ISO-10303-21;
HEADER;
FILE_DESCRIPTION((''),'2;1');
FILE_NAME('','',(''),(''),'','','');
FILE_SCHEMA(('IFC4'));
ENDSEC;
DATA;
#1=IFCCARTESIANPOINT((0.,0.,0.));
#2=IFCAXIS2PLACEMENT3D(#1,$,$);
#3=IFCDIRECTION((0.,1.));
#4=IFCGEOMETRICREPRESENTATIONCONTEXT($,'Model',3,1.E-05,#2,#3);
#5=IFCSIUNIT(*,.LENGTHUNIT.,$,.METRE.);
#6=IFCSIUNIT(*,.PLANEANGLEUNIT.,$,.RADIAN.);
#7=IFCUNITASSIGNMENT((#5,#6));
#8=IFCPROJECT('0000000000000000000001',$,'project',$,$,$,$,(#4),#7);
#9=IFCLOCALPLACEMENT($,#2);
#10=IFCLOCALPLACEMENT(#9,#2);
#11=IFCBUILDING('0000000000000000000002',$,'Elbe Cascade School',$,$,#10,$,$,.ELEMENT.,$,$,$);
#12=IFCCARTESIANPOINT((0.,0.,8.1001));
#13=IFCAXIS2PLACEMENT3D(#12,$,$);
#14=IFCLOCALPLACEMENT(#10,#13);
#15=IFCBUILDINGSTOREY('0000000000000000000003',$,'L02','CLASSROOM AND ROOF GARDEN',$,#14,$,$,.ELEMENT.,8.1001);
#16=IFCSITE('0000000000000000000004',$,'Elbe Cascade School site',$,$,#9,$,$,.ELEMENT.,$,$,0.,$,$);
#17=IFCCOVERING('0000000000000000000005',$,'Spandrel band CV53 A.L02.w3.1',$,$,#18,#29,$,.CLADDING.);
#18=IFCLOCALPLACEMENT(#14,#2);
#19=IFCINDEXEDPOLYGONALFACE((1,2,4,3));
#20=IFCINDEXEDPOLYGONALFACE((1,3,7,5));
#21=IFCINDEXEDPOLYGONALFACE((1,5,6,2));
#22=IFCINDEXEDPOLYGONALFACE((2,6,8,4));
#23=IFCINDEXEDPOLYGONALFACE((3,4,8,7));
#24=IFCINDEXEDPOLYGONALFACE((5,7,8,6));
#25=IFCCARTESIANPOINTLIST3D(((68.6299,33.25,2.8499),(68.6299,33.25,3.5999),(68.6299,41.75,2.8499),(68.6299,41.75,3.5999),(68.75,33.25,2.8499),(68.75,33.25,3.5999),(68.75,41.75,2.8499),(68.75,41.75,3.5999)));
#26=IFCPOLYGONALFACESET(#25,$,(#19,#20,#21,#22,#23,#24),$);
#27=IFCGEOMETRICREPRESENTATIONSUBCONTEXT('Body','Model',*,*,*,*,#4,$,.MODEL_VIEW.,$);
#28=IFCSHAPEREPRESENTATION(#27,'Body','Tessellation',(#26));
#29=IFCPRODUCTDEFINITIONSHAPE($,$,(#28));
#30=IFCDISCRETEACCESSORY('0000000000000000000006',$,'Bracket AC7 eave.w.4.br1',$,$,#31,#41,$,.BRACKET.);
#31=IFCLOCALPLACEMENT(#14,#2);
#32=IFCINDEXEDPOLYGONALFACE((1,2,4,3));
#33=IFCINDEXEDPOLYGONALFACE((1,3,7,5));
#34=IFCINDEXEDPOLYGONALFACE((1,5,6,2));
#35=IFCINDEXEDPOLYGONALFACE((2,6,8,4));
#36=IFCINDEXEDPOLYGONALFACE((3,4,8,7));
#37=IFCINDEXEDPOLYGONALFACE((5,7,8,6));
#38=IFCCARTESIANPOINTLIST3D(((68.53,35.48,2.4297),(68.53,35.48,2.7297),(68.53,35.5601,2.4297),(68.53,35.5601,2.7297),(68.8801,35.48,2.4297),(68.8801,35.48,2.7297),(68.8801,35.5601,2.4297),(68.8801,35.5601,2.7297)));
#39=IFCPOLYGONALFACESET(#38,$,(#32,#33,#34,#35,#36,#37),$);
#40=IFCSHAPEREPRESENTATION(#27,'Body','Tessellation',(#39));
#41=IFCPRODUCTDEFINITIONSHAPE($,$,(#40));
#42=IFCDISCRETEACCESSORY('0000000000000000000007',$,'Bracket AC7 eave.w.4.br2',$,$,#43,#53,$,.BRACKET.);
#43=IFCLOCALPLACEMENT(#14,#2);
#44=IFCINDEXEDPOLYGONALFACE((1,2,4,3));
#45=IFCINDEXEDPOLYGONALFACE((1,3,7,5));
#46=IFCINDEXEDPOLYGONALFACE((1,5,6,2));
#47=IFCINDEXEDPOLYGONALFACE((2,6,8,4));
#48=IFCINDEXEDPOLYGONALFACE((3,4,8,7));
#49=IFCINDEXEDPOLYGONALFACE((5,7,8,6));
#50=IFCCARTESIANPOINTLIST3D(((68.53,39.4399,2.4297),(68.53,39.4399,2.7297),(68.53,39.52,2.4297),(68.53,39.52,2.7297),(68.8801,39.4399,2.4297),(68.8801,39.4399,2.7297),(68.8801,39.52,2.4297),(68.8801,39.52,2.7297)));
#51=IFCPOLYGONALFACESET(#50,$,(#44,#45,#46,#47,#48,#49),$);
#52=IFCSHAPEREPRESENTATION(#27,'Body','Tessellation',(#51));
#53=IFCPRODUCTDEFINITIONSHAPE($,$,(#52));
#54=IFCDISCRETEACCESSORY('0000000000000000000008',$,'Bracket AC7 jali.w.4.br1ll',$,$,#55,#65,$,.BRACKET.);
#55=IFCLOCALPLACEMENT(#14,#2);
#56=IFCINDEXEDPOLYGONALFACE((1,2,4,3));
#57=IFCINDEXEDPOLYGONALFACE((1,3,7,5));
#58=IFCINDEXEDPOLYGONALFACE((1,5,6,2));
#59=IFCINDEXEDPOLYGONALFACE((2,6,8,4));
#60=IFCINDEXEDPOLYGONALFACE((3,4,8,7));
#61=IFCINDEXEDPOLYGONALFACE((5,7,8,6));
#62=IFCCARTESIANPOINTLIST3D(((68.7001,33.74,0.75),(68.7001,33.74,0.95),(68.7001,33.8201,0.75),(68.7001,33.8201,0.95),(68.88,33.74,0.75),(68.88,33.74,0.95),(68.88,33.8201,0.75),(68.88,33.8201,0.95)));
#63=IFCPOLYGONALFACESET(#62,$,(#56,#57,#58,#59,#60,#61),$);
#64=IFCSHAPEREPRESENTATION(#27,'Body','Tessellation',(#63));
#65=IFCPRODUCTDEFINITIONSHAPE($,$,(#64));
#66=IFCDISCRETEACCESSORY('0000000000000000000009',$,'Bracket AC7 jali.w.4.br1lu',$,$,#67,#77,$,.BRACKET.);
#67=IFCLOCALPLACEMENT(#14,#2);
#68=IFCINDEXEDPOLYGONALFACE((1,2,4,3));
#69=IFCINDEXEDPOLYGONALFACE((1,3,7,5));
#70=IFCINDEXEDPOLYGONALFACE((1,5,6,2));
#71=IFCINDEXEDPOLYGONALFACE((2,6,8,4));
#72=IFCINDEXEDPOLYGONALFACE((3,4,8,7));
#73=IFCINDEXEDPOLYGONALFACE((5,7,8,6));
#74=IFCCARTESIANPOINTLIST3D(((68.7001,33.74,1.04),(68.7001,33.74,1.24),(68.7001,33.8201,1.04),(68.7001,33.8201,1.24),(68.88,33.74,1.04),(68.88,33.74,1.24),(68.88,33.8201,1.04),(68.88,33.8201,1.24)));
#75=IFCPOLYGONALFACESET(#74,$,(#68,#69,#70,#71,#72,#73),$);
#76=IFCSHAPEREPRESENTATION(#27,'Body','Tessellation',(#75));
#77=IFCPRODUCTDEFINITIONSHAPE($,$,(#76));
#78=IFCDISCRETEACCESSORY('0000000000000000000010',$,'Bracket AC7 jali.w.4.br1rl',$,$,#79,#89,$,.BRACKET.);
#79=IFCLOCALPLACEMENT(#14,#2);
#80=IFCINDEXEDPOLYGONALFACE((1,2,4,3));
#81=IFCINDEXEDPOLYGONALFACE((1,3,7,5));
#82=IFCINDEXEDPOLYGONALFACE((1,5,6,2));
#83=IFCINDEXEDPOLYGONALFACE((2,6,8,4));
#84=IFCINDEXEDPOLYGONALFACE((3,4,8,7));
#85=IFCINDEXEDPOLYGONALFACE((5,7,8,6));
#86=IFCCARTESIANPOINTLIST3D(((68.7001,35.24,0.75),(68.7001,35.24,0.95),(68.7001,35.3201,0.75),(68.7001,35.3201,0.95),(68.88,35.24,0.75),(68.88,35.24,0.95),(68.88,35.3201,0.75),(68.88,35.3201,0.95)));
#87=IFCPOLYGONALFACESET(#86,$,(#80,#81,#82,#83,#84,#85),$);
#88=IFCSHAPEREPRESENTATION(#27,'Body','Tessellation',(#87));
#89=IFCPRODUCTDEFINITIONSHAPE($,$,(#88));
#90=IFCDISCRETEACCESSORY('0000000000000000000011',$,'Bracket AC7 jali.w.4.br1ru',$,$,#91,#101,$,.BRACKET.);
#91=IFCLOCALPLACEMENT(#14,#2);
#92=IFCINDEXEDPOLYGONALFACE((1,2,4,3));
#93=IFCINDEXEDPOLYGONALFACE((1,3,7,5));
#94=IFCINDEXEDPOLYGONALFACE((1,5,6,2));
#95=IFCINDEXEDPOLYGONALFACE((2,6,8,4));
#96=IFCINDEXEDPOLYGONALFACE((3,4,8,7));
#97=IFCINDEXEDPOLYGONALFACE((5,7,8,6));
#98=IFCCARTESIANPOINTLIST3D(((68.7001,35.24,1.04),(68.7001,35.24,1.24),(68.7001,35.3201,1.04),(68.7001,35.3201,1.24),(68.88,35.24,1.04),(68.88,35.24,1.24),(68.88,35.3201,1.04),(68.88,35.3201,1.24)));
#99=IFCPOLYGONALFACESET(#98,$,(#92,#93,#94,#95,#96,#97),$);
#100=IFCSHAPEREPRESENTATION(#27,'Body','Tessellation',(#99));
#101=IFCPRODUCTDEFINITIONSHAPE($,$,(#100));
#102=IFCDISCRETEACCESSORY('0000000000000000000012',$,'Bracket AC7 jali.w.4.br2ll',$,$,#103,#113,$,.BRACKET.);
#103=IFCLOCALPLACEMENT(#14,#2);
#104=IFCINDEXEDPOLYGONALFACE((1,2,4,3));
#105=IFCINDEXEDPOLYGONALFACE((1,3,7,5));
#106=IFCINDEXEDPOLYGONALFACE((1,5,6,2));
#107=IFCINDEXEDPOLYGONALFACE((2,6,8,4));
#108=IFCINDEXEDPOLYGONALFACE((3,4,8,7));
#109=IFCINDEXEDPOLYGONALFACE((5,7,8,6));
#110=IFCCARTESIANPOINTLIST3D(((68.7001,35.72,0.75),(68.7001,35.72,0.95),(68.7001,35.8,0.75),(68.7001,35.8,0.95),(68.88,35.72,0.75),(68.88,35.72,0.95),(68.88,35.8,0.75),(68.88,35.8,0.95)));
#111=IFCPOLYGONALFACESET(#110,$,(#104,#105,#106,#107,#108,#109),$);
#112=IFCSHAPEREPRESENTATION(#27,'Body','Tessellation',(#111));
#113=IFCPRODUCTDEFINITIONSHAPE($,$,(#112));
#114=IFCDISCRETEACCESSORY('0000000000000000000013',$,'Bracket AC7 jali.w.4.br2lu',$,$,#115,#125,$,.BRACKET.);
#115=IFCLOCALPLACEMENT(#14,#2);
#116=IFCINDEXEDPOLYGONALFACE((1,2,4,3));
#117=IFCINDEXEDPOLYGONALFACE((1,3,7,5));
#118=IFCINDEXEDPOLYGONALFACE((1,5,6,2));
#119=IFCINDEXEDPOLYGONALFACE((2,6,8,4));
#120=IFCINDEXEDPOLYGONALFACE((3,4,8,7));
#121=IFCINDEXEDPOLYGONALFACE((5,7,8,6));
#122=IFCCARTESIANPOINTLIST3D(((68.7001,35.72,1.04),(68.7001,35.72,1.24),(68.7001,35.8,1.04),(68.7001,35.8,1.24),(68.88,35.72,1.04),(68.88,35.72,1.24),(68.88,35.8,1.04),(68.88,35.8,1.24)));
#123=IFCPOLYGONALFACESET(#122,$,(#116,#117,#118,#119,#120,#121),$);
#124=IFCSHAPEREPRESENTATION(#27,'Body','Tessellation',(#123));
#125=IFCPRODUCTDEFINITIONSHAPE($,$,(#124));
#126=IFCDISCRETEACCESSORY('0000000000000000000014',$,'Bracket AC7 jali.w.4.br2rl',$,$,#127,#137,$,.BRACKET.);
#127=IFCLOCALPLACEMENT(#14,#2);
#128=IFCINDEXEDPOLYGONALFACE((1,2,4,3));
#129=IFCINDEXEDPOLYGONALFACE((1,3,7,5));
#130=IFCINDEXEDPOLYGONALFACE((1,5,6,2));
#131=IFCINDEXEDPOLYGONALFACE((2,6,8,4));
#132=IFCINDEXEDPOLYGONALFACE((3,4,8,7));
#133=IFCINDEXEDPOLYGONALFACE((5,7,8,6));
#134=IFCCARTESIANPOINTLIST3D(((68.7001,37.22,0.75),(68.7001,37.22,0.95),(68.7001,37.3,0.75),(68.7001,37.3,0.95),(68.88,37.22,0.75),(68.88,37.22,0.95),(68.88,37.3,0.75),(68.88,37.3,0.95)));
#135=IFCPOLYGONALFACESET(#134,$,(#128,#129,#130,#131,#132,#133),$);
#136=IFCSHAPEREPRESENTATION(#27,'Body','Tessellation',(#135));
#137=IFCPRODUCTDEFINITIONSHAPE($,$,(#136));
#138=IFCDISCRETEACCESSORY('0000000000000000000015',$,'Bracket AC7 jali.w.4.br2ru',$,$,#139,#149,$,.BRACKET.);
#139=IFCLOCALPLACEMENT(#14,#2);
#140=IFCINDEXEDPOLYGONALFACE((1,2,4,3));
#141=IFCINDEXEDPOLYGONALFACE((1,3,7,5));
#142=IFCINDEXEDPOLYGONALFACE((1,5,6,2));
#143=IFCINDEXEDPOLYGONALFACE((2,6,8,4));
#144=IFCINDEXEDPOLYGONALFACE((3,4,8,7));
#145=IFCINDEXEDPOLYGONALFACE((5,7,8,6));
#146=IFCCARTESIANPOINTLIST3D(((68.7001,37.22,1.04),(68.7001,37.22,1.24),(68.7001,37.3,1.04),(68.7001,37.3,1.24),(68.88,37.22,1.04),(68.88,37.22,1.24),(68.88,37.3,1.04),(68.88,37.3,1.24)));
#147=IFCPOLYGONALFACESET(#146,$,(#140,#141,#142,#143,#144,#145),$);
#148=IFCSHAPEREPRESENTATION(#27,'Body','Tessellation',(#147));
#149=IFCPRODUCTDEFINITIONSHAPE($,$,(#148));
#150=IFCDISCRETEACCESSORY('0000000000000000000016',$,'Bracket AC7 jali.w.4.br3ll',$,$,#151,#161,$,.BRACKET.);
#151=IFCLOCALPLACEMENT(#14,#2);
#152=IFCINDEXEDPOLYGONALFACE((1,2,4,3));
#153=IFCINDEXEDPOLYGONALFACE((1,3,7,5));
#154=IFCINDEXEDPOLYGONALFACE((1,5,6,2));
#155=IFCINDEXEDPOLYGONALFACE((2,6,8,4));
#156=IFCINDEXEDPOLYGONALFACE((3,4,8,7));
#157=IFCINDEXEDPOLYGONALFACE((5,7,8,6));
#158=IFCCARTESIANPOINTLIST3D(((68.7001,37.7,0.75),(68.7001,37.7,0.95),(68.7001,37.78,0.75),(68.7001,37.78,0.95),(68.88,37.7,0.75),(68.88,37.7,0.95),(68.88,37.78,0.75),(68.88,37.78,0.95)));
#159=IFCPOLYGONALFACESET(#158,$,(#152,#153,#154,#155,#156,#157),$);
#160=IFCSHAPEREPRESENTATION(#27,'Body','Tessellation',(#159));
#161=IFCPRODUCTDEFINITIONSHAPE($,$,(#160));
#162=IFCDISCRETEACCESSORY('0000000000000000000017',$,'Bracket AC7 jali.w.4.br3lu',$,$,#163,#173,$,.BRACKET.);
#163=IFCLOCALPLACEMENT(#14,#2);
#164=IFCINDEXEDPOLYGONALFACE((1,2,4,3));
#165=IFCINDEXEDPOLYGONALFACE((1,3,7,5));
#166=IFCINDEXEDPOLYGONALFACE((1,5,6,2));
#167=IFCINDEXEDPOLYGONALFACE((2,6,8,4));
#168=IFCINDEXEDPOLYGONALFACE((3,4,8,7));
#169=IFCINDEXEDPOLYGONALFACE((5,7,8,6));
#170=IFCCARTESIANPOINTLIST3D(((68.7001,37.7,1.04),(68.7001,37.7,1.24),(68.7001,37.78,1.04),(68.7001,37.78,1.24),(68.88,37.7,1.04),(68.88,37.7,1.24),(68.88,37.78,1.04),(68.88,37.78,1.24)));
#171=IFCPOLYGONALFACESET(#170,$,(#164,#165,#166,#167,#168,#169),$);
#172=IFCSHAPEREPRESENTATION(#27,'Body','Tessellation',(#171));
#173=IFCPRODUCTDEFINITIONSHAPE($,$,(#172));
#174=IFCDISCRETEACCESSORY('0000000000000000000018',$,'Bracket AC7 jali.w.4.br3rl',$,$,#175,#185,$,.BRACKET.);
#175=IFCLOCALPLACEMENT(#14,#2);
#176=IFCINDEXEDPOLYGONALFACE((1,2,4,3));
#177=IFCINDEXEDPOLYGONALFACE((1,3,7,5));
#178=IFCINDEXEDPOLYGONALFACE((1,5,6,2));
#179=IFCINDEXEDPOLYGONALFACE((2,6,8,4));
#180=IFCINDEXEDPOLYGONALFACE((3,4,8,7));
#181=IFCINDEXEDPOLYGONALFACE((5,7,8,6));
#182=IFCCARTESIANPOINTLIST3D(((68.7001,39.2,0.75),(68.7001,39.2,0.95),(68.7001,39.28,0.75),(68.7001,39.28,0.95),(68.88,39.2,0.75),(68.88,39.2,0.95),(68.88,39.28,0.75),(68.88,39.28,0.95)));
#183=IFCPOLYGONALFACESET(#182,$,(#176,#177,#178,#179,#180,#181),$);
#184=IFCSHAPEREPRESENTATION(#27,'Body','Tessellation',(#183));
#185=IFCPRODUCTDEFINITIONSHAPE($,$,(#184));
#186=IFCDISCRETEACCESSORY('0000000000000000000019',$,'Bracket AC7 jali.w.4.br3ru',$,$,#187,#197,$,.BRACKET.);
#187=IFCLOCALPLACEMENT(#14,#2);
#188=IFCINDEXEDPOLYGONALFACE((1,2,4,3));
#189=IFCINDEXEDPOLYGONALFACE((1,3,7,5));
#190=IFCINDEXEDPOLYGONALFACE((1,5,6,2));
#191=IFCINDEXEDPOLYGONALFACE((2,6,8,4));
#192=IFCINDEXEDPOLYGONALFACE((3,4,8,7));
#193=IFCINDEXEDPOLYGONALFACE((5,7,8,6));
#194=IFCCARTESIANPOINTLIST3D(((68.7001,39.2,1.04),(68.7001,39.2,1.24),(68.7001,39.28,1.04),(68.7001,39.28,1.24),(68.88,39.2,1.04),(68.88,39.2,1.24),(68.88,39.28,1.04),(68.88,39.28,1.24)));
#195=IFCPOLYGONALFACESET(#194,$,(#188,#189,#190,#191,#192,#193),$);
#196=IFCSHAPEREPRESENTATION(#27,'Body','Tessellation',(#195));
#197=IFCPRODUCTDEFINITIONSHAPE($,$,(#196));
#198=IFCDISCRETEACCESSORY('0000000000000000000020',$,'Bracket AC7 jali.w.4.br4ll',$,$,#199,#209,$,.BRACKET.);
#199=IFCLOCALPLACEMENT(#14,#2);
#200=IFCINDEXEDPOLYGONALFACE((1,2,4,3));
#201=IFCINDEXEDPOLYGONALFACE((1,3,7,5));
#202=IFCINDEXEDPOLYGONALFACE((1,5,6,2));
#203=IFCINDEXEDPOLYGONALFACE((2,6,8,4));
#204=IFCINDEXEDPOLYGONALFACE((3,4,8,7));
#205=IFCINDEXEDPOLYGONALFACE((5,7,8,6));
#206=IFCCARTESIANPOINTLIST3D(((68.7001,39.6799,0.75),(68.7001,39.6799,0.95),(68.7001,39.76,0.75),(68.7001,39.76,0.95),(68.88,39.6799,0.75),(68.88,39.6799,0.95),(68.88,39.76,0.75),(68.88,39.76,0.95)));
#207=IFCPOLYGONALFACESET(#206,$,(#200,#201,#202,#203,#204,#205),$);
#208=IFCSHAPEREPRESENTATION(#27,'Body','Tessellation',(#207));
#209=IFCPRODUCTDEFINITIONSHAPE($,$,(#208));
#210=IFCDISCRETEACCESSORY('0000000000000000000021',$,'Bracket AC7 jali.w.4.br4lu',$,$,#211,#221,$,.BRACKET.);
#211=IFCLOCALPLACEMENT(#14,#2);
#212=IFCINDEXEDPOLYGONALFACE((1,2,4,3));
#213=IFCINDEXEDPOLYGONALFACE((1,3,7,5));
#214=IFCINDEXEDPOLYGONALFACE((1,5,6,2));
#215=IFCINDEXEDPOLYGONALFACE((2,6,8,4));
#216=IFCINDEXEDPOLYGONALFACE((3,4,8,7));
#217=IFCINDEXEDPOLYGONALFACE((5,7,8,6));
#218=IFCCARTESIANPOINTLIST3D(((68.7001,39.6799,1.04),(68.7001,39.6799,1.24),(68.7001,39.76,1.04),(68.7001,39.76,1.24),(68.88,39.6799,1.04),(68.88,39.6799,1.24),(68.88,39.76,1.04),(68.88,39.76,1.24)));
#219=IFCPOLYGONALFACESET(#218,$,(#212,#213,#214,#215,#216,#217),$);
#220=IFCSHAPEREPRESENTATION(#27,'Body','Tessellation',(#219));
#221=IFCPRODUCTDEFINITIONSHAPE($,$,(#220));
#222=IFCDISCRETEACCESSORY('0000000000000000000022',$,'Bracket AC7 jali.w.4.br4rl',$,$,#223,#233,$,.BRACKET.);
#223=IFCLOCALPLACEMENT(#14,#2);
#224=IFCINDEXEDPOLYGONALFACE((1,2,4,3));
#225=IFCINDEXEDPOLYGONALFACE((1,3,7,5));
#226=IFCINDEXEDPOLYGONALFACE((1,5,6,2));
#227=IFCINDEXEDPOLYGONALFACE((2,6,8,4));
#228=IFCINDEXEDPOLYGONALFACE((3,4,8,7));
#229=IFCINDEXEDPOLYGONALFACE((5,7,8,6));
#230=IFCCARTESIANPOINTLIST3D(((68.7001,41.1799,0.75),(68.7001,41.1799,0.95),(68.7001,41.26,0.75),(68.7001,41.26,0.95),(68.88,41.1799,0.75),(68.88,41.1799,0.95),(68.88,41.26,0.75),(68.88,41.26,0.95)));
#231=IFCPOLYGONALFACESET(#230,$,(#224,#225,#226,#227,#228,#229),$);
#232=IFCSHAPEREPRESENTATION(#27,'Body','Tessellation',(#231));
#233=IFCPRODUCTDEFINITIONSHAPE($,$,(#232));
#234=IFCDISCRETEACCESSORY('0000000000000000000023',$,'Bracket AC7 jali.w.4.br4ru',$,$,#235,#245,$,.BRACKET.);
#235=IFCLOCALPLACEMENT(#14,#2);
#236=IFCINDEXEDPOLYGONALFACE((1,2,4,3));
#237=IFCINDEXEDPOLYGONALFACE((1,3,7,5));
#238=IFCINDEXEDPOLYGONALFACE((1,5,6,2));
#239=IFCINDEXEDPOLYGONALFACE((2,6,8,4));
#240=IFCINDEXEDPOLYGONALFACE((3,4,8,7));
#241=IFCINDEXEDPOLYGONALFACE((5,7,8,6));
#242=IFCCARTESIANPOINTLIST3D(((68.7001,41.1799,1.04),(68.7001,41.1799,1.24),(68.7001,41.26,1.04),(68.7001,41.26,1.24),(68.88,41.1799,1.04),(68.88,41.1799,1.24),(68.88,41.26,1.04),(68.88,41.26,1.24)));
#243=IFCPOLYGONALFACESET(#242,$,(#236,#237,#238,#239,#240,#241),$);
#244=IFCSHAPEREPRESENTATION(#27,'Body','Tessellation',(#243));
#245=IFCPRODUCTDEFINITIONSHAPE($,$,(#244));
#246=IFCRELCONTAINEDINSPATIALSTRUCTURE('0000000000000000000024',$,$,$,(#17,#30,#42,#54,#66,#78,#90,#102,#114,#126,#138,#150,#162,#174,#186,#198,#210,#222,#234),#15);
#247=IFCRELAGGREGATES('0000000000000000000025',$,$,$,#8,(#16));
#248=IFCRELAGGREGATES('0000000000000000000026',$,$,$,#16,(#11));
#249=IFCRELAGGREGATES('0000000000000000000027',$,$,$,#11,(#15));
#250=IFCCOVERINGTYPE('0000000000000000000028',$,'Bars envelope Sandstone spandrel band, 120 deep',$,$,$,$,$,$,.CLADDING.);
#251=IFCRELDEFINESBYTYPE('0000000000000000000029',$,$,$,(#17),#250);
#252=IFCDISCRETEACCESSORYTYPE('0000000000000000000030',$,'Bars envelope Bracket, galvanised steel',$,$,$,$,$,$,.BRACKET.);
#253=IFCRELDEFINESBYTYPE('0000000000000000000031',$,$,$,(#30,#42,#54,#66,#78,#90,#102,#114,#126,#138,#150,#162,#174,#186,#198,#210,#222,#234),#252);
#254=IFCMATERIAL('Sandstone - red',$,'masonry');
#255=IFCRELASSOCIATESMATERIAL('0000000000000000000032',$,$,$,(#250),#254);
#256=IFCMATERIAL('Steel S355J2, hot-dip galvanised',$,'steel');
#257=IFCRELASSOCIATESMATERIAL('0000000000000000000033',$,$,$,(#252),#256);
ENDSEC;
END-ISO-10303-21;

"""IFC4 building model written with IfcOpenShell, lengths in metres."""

from ifc_helpers import new_model, si_unit, direction, frame, origin, origin_2d, place, context, subcontext, project, spatial, rectangle, extrude, material, type_object, element, save


model = new_model("IFC4")

# Units and contexts
model_context = context("Model", 3, precision=1e-05, world=origin(), true_north=direction((0.0, 1.0)))
body_context = subcontext(model_context, "Body", "Model", "MODEL_VIEW")
ifc_project = project(units=[si_unit("LENGTHUNIT", "METRE"), si_unit("PLANEANGLEUNIT", "RADIAN")], contexts=[model_context])

# Site, building, storey
site_placement = place(None, origin())
site = spatial("IfcSite", under=ifc_project, at=site_placement, Name="Elbe Cascade School site", CompositionType="ELEMENT", RefElevation=0.0)
building_placement = place(site_placement, origin())
building = spatial("IfcBuilding", under=site, at=building_placement, Name="Elbe Cascade School", CompositionType="ELEMENT")
storey_placement = place(building_placement, frame((0.0, 0.0, 8.1001)))
storey = spatial("IfcBuildingStorey", under=building, at=storey_placement, Name="L02", Description="CLASSROOM AND ROOF GARDEN", CompositionType="ELEMENT", Elevation=8.1001)

# Covering
ifc_material_1 = material(Name="Sandstone - red", Category="masonry")
covering_type = type_object("IfcCoveringType", Name="Bars envelope Sandstone spandrel band, 120 deep", PredefinedType="CLADDING", material=ifc_material_1)
covering_placement = place(storey_placement, frame((68.6899, 37.5, 2.8499), z_axis=(0.0, 0.0, 1.0), x_axis=(0.0, 1.0, 0.0)))
element("IfcCovering", 1, at=covering_placement, inside=storey, type_object=covering_type, Name="Spandrel band CV53 A.L02.w3.1", PredefinedType="CLADDING", context=body_context, shape_type="SweptSolid", body=[
    extrude(rectangle(XDim=8.5, YDim=0.1201, at=origin_2d()), origin(), (0.0, 0.0, 1.0), 0.75),
])

# Discrete accessories
ifc_material_2 = material(Name="Steel S355J2, hot-dip galvanised", Category="steel")
discrete_accessory_type = type_object("IfcDiscreteAccessoryType", Name="Bars envelope Bracket, galvanised steel", PredefinedType="BRACKET", material=ifc_material_2)
for number, where, z_axis, x_axis, name in (
    (2, (68.7051, 35.52, 2.4297), (0.0, 0.0, 1.0), (0.0, 1.0, 0.0), "Bracket AC7 eave.w.4.br1"),
    (3, (68.7051, 39.48, 2.4297), (0.0, 0.0, 1.0), (0.0, 1.0, 0.0), "Bracket AC7 eave.w.4.br2"),
):
    element("IfcDiscreteAccessory", number, at=place(storey_placement, frame(where, z_axis=z_axis, x_axis=x_axis)), inside=storey, type_object=discrete_accessory_type, Name=name, PredefinedType="BRACKET", context=body_context, shape_type="SweptSolid", body=[
        extrude(rectangle(XDim=0.0801, YDim=0.3501, at=origin_2d()), origin(), (0.0, 0.0, 1.0), 0.3),
    ])
for number, where, z_axis, x_axis, name in (
    (4, (68.79, 33.78, 0.75), (0.0, 0.0, 1.0), (0.0, 1.0, 0.0), "Bracket AC7 jali.w.4.br1ll"),
    (5, (68.79, 33.78, 1.04), (0.0, 0.0, 1.0), (0.0, 1.0, 0.0), "Bracket AC7 jali.w.4.br1lu"),
    (6, (68.79, 35.28, 0.75), (0.0, 0.0, 1.0), (0.0, 1.0, 0.0), "Bracket AC7 jali.w.4.br1rl"),
    (7, (68.79, 35.28, 1.04), (0.0, 0.0, 1.0), (0.0, 1.0, 0.0), "Bracket AC7 jali.w.4.br1ru"),
    (8, (68.79, 35.76, 0.75), (0.0, 0.0, 1.0), (0.0, 1.0, 0.0), "Bracket AC7 jali.w.4.br2ll"),
    (9, (68.79, 35.76, 1.04), (0.0, 0.0, 1.0), (0.0, 1.0, 0.0), "Bracket AC7 jali.w.4.br2lu"),
    (10, (68.79, 37.26, 0.75), (0.0, 0.0, 1.0), (0.0, 1.0, 0.0), "Bracket AC7 jali.w.4.br2rl"),
    (11, (68.79, 37.26, 1.04), (0.0, 0.0, 1.0), (0.0, 1.0, 0.0), "Bracket AC7 jali.w.4.br2ru"),
    (12, (68.79, 37.74, 0.75), (0.0, 0.0, 1.0), (0.0, 1.0, 0.0), "Bracket AC7 jali.w.4.br3ll"),
    (13, (68.79, 37.74, 1.04), (0.0, 0.0, 1.0), (0.0, 1.0, 0.0), "Bracket AC7 jali.w.4.br3lu"),
    (14, (68.79, 39.24, 0.75), (0.0, 0.0, 1.0), (0.0, 1.0, 0.0), "Bracket AC7 jali.w.4.br3rl"),
    (15, (68.79, 39.24, 1.04), (0.0, 0.0, 1.0), (0.0, 1.0, 0.0), "Bracket AC7 jali.w.4.br3ru"),
    (16, (68.79, 39.72, 0.75), (0.0, 0.0, 1.0), (0.0, 1.0, 0.0), "Bracket AC7 jali.w.4.br4ll"),
    (17, (68.79, 39.72, 1.04), (0.0, 0.0, 1.0), (0.0, 1.0, 0.0), "Bracket AC7 jali.w.4.br4lu"),
    (18, (68.79, 41.22, 0.75), (0.0, 0.0, 1.0), (0.0, 1.0, 0.0), "Bracket AC7 jali.w.4.br4rl"),
    (19, (68.79, 41.22, 1.04), (0.0, 0.0, 1.0), (0.0, 1.0, 0.0), "Bracket AC7 jali.w.4.br4ru"),
):
    element("IfcDiscreteAccessory", number, at=place(storey_placement, frame(where, z_axis=z_axis, x_axis=x_axis)), inside=storey, type_object=discrete_accessory_type, Name=name, PredefinedType="BRACKET", context=body_context, shape_type="SweptSolid", body=[
        extrude(rectangle(XDim=0.0801, YDim=0.1799, at=origin_2d()), origin(), (0.0, 0.0, 1.0), 0.2),
    ])

save(model, "model.ifc")
